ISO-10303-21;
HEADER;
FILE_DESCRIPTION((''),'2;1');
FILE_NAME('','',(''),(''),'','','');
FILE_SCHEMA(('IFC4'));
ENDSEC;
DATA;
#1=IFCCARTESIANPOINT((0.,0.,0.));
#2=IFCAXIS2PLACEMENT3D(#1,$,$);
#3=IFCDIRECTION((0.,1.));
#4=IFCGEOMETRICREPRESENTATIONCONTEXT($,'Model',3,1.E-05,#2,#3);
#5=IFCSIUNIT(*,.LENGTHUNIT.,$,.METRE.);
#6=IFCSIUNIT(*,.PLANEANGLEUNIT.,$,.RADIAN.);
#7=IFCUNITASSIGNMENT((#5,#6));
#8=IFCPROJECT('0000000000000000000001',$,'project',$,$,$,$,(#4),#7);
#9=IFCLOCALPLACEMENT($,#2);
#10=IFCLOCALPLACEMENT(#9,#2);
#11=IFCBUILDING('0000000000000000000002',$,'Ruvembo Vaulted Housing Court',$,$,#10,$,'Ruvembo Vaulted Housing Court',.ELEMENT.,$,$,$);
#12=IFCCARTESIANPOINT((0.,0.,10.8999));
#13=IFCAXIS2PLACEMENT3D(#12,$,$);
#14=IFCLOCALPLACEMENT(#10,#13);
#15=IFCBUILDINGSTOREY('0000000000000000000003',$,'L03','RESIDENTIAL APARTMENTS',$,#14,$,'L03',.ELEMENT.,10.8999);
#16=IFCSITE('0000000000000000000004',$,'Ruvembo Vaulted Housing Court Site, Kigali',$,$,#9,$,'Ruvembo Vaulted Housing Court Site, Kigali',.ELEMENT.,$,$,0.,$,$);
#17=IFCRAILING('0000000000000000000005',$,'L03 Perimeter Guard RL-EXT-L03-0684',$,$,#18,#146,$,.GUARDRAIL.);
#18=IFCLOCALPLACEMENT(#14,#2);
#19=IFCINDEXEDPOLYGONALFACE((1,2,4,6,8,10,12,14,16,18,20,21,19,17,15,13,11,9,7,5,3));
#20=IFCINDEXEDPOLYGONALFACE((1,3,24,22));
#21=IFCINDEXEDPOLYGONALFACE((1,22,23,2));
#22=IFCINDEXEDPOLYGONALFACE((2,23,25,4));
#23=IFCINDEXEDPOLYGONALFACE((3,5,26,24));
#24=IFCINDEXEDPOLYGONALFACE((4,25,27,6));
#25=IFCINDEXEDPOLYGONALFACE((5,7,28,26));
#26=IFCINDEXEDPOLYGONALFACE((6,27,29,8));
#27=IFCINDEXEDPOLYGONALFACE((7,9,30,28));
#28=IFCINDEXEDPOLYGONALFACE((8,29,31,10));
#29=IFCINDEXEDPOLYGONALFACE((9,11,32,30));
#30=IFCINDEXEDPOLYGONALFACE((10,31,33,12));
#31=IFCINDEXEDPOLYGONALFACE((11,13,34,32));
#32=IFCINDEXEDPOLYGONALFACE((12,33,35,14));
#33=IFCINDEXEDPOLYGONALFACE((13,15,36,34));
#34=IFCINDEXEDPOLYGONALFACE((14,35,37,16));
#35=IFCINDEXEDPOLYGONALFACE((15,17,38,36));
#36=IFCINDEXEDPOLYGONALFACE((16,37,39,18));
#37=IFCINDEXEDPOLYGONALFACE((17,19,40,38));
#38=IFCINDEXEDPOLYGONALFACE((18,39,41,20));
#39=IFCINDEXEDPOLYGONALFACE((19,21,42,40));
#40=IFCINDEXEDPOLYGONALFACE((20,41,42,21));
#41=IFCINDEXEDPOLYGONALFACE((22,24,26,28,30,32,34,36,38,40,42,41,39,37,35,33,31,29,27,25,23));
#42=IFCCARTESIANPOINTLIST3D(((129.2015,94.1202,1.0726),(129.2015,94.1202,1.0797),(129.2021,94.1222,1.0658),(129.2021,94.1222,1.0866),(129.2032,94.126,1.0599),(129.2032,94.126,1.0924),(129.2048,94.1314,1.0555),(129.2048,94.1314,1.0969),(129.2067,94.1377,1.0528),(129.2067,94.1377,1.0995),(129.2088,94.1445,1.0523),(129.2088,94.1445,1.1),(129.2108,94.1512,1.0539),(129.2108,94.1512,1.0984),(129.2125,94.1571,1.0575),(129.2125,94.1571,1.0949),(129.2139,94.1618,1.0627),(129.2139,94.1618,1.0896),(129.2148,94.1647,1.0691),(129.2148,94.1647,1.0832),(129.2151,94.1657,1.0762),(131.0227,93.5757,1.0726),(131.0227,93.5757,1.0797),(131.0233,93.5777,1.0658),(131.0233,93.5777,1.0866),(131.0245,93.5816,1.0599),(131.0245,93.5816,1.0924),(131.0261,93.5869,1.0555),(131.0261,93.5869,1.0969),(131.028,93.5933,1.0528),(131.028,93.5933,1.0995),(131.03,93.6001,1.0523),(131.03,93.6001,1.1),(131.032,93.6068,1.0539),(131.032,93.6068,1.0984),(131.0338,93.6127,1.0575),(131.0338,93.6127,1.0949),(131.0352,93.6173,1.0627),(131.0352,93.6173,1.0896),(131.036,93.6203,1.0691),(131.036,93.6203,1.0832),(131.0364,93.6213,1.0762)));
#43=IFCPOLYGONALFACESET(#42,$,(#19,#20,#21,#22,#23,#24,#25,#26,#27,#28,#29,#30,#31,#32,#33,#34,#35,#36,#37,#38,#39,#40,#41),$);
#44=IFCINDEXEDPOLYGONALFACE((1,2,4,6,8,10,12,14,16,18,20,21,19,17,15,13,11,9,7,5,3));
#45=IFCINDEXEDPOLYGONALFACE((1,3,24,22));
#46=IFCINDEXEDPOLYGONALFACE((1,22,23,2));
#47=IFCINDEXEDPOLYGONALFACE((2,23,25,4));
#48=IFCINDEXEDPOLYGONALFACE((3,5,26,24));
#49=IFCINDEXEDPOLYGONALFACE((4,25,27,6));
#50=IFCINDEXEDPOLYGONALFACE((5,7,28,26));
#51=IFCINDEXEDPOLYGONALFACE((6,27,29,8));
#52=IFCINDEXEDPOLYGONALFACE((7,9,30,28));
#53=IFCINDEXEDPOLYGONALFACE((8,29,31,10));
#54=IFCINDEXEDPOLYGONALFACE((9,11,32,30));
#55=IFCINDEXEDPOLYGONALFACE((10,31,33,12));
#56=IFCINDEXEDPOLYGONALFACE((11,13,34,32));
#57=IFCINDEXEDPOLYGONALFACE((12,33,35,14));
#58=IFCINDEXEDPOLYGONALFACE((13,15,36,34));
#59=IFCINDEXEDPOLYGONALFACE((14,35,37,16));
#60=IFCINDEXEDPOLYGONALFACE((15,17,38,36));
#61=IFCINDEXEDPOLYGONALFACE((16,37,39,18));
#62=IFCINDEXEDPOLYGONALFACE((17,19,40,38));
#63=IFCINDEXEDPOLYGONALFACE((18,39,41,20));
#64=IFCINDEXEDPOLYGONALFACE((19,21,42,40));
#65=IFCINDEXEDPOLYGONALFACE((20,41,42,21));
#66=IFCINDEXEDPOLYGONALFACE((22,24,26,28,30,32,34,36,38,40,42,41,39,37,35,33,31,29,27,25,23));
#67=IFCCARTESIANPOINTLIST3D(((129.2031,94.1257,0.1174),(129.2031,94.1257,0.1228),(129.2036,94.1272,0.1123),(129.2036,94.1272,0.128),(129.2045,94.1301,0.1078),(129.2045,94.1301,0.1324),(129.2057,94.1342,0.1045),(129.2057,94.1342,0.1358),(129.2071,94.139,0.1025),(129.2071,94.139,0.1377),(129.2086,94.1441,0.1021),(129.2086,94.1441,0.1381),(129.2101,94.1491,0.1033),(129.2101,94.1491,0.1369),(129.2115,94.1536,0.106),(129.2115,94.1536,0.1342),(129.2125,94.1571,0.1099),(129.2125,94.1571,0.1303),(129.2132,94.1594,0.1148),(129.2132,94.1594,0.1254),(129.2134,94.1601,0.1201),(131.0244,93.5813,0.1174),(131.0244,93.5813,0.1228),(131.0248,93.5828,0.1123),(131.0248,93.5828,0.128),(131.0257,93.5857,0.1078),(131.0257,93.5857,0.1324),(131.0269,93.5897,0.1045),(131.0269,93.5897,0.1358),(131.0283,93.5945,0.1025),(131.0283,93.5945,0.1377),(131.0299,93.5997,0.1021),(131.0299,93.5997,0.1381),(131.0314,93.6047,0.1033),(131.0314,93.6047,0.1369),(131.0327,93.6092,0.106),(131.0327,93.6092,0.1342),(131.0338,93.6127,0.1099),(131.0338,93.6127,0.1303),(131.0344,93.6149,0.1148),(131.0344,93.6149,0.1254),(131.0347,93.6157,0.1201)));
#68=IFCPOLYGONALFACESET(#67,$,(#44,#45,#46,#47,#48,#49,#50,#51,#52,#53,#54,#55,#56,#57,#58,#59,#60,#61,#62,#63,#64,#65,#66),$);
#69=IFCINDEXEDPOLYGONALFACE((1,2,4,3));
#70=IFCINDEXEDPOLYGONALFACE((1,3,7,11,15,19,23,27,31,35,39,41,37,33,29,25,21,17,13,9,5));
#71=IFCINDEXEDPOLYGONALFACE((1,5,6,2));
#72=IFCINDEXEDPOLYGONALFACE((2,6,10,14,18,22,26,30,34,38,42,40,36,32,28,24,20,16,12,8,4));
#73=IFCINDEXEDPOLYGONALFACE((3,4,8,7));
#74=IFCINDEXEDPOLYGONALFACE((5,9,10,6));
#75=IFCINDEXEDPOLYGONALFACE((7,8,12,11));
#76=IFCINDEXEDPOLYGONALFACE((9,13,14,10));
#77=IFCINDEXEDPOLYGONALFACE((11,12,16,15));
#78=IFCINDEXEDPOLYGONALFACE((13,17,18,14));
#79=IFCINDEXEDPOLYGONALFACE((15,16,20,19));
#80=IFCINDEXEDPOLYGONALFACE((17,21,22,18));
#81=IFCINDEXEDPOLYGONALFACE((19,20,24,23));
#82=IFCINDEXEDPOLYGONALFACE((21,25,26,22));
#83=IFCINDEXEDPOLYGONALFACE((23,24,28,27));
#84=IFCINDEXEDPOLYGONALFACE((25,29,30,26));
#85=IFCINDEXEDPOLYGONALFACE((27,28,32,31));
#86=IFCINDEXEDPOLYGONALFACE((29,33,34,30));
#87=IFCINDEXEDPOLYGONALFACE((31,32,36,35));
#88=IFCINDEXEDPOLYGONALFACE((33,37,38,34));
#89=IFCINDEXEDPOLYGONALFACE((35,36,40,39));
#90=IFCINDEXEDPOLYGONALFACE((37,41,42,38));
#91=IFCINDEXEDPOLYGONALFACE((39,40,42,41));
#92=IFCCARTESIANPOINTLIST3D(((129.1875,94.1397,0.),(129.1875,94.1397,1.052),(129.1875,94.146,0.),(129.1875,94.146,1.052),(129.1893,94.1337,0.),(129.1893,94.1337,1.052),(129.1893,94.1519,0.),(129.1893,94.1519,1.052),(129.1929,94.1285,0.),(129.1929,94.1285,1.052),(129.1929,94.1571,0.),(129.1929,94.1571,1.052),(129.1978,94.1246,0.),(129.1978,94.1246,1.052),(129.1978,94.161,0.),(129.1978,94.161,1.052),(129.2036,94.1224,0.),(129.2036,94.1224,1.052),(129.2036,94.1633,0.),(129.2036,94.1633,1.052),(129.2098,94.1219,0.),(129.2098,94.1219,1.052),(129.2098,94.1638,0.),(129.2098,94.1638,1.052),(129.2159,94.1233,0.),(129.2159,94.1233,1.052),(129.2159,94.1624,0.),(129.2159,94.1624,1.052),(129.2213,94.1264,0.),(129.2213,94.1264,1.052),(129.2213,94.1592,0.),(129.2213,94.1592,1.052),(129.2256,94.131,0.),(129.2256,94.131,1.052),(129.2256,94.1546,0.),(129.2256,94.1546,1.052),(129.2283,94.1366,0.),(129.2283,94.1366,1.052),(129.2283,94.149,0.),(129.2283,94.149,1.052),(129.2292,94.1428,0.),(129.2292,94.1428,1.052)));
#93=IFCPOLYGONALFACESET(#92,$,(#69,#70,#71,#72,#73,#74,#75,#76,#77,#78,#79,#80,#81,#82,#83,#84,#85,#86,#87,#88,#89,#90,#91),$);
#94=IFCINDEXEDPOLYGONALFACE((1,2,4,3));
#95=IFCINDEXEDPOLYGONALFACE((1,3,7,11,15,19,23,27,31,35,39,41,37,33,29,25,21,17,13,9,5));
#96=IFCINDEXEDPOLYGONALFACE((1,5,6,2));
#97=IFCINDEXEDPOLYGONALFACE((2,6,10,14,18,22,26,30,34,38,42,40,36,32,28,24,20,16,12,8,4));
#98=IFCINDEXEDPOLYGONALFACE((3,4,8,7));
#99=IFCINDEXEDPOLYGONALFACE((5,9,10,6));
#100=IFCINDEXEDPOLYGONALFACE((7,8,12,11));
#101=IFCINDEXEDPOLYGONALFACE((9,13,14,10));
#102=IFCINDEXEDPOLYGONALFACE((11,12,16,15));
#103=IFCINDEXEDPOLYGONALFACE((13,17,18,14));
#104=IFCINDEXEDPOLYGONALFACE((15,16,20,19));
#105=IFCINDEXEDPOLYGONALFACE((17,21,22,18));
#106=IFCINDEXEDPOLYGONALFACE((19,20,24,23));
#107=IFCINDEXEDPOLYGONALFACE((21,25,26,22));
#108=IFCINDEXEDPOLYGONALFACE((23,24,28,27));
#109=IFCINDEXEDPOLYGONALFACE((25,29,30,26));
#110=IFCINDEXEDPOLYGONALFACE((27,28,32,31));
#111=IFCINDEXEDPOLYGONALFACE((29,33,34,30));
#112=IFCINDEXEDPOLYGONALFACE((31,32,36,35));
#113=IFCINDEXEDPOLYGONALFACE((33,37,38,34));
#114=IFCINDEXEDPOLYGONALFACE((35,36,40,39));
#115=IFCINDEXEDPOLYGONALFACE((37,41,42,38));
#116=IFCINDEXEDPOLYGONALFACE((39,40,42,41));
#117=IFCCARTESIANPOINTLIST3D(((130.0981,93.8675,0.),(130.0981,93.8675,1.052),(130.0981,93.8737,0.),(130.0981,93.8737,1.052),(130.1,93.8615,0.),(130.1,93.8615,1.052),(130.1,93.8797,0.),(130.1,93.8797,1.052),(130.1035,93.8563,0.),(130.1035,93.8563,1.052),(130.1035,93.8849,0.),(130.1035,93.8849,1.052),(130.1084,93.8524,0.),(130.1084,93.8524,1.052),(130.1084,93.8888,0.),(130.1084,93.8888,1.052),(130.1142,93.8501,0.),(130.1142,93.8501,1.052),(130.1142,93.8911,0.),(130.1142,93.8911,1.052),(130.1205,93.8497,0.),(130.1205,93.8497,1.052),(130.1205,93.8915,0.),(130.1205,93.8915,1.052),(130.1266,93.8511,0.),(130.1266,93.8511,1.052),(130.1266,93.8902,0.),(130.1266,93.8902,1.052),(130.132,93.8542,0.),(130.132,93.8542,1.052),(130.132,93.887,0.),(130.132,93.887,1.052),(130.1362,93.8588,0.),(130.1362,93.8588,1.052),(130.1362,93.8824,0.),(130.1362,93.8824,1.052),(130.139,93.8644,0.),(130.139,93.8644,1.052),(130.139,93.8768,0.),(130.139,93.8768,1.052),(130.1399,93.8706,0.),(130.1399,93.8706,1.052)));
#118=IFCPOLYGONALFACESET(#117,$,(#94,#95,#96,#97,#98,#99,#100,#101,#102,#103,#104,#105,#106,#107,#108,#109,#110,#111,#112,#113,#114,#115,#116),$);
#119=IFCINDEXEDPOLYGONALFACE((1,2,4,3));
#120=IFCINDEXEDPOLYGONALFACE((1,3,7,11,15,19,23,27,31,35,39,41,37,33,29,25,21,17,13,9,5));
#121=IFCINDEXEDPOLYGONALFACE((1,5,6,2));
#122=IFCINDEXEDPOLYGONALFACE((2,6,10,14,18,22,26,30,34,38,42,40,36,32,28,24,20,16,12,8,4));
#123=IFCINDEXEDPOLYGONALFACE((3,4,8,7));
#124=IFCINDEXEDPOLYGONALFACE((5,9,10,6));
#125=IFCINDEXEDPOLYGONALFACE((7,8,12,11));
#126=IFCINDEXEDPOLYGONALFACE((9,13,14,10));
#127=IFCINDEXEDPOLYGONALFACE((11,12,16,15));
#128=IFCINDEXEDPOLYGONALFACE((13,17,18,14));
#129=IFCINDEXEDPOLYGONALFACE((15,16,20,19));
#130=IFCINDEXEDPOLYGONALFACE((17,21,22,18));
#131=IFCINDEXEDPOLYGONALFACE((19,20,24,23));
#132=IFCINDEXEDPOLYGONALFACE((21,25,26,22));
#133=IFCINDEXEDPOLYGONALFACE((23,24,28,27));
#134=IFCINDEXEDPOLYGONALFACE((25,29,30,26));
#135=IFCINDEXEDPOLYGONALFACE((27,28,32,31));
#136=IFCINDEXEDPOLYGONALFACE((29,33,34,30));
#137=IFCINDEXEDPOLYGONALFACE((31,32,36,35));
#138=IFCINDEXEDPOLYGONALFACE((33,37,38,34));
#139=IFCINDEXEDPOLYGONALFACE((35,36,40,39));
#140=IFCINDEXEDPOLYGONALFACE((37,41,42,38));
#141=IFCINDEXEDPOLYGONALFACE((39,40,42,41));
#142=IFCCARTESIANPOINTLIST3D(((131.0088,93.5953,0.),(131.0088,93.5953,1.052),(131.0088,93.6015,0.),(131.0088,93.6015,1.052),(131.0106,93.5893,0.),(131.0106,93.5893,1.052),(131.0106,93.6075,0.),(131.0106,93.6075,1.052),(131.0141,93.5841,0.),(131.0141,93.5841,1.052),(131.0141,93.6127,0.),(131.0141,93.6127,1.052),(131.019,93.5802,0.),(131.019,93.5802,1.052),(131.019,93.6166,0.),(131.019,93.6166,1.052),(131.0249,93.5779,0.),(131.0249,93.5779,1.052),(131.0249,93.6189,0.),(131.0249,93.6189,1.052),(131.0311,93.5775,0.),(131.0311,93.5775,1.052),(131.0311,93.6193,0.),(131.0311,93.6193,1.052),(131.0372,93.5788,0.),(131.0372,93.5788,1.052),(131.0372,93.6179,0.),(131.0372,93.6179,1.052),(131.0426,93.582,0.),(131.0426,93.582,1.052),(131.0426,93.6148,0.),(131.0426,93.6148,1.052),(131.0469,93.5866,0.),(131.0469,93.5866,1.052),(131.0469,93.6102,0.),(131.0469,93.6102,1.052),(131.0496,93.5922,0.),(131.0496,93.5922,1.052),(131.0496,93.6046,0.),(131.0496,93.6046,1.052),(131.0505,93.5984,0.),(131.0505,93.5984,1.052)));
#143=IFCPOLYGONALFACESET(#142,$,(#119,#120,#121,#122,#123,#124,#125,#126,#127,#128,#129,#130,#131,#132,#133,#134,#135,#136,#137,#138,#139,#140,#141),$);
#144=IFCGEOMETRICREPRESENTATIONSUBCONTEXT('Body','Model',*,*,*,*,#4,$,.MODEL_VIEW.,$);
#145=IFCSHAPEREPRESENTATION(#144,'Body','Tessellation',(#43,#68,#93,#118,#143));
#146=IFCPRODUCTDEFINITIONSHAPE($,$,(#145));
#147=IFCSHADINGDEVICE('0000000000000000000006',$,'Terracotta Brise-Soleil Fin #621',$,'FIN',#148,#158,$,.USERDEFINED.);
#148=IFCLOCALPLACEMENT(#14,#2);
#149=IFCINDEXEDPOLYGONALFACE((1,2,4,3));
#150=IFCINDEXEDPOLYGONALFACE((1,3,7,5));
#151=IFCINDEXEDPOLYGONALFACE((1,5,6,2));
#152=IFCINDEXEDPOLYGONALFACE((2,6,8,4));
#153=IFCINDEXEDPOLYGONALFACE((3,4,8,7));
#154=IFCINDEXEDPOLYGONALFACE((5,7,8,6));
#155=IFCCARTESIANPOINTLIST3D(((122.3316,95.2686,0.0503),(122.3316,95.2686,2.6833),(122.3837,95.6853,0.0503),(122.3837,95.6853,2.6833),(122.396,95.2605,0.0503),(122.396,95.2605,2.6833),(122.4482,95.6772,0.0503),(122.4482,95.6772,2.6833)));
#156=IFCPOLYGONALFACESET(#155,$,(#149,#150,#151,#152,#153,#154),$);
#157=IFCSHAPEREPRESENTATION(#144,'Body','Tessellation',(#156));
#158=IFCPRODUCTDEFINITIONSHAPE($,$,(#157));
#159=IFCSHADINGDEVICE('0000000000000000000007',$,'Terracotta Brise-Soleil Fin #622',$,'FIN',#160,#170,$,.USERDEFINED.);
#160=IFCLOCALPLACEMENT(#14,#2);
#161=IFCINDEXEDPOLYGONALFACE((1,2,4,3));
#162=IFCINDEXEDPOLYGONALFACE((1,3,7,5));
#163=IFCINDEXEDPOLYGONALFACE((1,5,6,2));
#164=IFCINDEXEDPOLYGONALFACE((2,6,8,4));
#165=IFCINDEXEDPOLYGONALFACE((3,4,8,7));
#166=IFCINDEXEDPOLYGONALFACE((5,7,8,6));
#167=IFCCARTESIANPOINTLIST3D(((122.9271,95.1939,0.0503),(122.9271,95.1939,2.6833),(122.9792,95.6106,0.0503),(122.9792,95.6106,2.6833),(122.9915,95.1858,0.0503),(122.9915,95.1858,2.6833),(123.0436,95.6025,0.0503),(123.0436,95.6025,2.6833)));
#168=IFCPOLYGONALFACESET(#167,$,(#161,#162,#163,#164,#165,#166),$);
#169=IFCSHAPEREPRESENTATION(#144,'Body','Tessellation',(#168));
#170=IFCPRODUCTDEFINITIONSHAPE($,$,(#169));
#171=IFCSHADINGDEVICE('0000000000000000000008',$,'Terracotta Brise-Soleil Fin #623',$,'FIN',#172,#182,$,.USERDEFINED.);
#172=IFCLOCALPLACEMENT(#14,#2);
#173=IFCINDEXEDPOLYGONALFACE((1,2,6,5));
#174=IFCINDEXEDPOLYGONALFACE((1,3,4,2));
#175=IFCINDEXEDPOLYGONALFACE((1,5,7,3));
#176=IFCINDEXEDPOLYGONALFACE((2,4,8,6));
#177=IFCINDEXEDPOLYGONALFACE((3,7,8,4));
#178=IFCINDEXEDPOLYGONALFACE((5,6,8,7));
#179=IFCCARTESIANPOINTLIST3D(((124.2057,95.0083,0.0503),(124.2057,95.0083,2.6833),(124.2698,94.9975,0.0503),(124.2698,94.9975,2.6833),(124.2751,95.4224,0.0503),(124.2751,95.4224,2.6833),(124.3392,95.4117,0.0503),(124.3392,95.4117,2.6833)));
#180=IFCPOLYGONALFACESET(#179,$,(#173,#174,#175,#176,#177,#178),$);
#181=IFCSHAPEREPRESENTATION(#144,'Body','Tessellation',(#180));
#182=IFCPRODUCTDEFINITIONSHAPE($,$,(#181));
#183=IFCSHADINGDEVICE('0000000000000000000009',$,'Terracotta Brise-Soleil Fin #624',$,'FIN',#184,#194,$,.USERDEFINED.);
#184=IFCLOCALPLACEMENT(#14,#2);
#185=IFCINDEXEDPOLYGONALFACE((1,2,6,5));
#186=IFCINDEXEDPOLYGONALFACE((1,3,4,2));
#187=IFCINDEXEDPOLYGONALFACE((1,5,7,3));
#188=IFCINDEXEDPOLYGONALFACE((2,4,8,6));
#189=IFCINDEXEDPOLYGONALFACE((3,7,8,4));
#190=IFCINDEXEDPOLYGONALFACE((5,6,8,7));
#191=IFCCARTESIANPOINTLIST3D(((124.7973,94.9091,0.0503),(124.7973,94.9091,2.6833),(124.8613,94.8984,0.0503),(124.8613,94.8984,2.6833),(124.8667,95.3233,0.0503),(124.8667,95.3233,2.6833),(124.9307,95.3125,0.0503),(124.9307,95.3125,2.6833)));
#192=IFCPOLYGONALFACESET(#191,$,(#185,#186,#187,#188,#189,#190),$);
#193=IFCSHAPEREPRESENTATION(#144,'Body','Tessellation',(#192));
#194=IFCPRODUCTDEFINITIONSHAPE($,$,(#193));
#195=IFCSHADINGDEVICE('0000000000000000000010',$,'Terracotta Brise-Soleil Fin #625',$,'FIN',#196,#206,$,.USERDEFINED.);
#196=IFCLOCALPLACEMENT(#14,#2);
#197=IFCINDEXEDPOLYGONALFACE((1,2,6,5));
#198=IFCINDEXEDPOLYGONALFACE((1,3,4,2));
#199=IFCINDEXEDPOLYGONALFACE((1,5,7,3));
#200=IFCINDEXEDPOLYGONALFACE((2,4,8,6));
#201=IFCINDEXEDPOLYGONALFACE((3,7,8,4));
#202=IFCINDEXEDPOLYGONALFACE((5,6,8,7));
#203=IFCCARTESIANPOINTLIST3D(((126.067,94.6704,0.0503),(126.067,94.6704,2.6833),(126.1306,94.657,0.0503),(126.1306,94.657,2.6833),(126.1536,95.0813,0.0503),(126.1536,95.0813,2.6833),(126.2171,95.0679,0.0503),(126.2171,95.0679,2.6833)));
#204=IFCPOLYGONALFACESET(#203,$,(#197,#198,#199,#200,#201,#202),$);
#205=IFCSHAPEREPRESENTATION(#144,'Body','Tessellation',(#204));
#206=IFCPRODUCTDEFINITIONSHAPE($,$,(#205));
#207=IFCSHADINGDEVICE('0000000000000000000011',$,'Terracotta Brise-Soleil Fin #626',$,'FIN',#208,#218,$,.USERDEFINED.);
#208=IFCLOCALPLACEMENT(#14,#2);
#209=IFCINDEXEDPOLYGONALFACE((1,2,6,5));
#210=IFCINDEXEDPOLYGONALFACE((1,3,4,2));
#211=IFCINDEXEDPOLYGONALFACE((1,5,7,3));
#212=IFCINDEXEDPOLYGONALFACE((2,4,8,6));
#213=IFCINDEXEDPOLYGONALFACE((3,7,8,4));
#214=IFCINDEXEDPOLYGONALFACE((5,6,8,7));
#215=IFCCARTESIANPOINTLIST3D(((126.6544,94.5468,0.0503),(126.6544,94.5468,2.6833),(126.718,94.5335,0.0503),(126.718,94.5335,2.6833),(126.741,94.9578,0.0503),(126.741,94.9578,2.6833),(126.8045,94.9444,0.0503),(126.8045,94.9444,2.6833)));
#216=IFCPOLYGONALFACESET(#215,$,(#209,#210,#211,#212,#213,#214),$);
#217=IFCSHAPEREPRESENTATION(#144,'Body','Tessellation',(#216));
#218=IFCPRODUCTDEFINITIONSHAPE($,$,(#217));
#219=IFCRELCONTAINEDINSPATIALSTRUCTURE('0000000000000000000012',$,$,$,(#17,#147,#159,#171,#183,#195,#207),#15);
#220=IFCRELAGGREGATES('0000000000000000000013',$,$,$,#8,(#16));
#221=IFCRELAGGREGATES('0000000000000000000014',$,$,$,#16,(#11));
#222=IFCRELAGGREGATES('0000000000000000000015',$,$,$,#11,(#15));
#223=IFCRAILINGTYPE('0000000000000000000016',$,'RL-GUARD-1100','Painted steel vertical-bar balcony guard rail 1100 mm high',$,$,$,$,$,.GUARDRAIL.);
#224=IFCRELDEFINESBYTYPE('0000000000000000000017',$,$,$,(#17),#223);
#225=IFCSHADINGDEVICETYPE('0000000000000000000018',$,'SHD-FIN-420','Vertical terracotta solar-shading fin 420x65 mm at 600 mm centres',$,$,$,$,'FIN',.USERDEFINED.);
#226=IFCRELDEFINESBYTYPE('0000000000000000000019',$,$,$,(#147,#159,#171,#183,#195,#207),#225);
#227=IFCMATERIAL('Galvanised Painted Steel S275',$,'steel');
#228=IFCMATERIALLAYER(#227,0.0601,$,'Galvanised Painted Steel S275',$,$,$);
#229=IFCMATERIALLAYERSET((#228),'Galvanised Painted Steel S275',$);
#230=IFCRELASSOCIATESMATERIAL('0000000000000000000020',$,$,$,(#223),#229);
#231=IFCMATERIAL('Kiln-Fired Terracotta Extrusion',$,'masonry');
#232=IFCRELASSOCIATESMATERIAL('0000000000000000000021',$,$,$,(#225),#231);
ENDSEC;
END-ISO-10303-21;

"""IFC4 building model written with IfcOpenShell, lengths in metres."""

from ifc_helpers import new_model, si_unit, direction, frame, origin, origin_2d, place, context, subcontext, project, spatial, rectangle, circle, extrude, material, layer, layer_set, type_object, element, save


model = new_model("IFC4")

# Units and contexts
model_context = context("Model", 3, precision=1e-05, world=origin(), true_north=direction((0.0, 1.0)))
body_context = subcontext(model_context, "Body", "Model", "MODEL_VIEW")
ifc_project = project(units=[si_unit("LENGTHUNIT", "METRE"), si_unit("PLANEANGLEUNIT", "RADIAN")], contexts=[model_context])

# Site, building, storey
site_placement = place(None, origin())
site = spatial("IfcSite", under=ifc_project, at=site_placement, Name="Ruvembo Vaulted Housing Court Site, Kigali", LongName="Ruvembo Vaulted Housing Court Site, Kigali", CompositionType="ELEMENT", RefElevation=0.0)
building_placement = place(site_placement, origin())
building = spatial("IfcBuilding", under=site, at=building_placement, Name="Ruvembo Vaulted Housing Court", LongName="Ruvembo Vaulted Housing Court", CompositionType="ELEMENT")
storey_placement = place(building_placement, frame((0.0, 0.0, 10.8999)))
storey = spatial("IfcBuildingStorey", under=building, at=storey_placement, Name="L03", Description="RESIDENTIAL APARTMENTS", LongName="L03", CompositionType="ELEMENT", Elevation=10.8999)

# Railing
ifc_material_1 = material(Name="Galvanised Painted Steel S275", Category="steel")
ifc_layer = layer(ifc_material_1, 0.0601, Name="Galvanised Painted Steel S275")
ifc_layer_set = layer_set([ifc_layer], Name="Galvanised Painted Steel S275")
railing_type = type_object("IfcRailingType", Name="RL-GUARD-1100", Description="Painted steel vertical-bar balcony guard rail 1100 mm high", PredefinedType="GUARDRAIL", material=ifc_layer_set)
railing_1_placement = place(storey_placement, frame((129.2083, 94.1428, 0.0)))
element("IfcRailing", 1, at=railing_1_placement, inside=storey, type_object=railing_type, Name="L03 Perimeter Guard RL-EXT-L03-0684", PredefinedType="GUARDRAIL", context=body_context, shape_type="SweptSolid", body=[
    extrude(circle(Radius=0.0239, at=origin_2d()), frame((0.0, 0.0, 1.0762), z_axis=(0.958109, -0.286405, 0.0), x_axis=(0.286405, 0.958109, 0.0)), (0.0, 0.0, 1.0), 1.9009),
    extrude(circle(Radius=0.0181, at=origin_2d()), frame((0.0, 0.0, 0.1201), z_axis=(0.958109, -0.286405, 0.0), x_axis=(0.286405, 0.958109, 0.0)), (0.0, 0.0, 1.0), 1.9009),
    extrude(circle(Radius=0.021, at=origin_2d()), origin(), (0.0, 0.0, 1.0), 1.052),
    extrude(circle(Radius=0.021, at=origin_2d()), frame((0.9106, -0.2722, 0.0)), (0.0, 0.0, 1.0), 1.052),
    extrude(circle(Radius=0.021, at=origin_2d()), frame((1.8213, -0.5444, 0.0)), (0.0, 0.0, 1.0), 1.052),
])

# Shading devices
ifc_material_2 = material(Name="Kiln-Fired Terracotta Extrusion", Category="masonry")
shading_device_type = type_object("IfcShadingDeviceType", Name="SHD-FIN-420", Description="Vertical terracotta solar-shading fin 420x65 mm at 600 mm centres", ElementType="FIN", PredefinedType="USERDEFINED", material=ifc_material_2)
for number, where, z_axis, x_axis, name in (
    (2, (122.3899, 95.4729, 0.0503), (0.0, 0.0, 1.0), (-0.12419, -0.992258, 0.0), "Terracotta Brise-Soleil Fin #621"),
    (3, (122.9854, 95.3982, 0.0503), (0.0, 0.0, 1.0), (-0.12419, -0.992258, 0.0), "Terracotta Brise-Soleil Fin #622"),
    (4, (124.2725, 95.21, 0.0503), (0.0, 0.0, 1.0), (-0.165271, -0.986248, 0.0), "Terracotta Brise-Soleil Fin #623"),
    (5, (124.864, 95.1108, 0.0503), (0.0, 0.0, 1.0), (-0.165271, -0.986248, 0.0), "Terracotta Brise-Soleil Fin #624"),
    (6, (126.1421, 94.8691, 0.0503), (0.0, 0.0, 1.0), (-0.206102, -0.978531, 0.0), "Terracotta Brise-Soleil Fin #625"),
    (7, (126.7295, 94.7456, 0.0503), (0.0, 0.0, 1.0), (-0.206102, -0.978531, 0.0), "Terracotta Brise-Soleil Fin #626"),
):
    element("IfcShadingDevice", number, at=place(storey_placement, frame(where, z_axis=z_axis, x_axis=x_axis)), inside=storey, type_object=shading_device_type, Name=name, ObjectType="FIN", PredefinedType="USERDEFINED", context=body_context, shape_type="SweptSolid", body=[
        extrude(rectangle(XDim=0.4199, YDim=0.0649, at=origin_2d()), origin(), (0.0, 0.0, 1.0), 2.6331),
    ])

save(model, "model.ifc")
